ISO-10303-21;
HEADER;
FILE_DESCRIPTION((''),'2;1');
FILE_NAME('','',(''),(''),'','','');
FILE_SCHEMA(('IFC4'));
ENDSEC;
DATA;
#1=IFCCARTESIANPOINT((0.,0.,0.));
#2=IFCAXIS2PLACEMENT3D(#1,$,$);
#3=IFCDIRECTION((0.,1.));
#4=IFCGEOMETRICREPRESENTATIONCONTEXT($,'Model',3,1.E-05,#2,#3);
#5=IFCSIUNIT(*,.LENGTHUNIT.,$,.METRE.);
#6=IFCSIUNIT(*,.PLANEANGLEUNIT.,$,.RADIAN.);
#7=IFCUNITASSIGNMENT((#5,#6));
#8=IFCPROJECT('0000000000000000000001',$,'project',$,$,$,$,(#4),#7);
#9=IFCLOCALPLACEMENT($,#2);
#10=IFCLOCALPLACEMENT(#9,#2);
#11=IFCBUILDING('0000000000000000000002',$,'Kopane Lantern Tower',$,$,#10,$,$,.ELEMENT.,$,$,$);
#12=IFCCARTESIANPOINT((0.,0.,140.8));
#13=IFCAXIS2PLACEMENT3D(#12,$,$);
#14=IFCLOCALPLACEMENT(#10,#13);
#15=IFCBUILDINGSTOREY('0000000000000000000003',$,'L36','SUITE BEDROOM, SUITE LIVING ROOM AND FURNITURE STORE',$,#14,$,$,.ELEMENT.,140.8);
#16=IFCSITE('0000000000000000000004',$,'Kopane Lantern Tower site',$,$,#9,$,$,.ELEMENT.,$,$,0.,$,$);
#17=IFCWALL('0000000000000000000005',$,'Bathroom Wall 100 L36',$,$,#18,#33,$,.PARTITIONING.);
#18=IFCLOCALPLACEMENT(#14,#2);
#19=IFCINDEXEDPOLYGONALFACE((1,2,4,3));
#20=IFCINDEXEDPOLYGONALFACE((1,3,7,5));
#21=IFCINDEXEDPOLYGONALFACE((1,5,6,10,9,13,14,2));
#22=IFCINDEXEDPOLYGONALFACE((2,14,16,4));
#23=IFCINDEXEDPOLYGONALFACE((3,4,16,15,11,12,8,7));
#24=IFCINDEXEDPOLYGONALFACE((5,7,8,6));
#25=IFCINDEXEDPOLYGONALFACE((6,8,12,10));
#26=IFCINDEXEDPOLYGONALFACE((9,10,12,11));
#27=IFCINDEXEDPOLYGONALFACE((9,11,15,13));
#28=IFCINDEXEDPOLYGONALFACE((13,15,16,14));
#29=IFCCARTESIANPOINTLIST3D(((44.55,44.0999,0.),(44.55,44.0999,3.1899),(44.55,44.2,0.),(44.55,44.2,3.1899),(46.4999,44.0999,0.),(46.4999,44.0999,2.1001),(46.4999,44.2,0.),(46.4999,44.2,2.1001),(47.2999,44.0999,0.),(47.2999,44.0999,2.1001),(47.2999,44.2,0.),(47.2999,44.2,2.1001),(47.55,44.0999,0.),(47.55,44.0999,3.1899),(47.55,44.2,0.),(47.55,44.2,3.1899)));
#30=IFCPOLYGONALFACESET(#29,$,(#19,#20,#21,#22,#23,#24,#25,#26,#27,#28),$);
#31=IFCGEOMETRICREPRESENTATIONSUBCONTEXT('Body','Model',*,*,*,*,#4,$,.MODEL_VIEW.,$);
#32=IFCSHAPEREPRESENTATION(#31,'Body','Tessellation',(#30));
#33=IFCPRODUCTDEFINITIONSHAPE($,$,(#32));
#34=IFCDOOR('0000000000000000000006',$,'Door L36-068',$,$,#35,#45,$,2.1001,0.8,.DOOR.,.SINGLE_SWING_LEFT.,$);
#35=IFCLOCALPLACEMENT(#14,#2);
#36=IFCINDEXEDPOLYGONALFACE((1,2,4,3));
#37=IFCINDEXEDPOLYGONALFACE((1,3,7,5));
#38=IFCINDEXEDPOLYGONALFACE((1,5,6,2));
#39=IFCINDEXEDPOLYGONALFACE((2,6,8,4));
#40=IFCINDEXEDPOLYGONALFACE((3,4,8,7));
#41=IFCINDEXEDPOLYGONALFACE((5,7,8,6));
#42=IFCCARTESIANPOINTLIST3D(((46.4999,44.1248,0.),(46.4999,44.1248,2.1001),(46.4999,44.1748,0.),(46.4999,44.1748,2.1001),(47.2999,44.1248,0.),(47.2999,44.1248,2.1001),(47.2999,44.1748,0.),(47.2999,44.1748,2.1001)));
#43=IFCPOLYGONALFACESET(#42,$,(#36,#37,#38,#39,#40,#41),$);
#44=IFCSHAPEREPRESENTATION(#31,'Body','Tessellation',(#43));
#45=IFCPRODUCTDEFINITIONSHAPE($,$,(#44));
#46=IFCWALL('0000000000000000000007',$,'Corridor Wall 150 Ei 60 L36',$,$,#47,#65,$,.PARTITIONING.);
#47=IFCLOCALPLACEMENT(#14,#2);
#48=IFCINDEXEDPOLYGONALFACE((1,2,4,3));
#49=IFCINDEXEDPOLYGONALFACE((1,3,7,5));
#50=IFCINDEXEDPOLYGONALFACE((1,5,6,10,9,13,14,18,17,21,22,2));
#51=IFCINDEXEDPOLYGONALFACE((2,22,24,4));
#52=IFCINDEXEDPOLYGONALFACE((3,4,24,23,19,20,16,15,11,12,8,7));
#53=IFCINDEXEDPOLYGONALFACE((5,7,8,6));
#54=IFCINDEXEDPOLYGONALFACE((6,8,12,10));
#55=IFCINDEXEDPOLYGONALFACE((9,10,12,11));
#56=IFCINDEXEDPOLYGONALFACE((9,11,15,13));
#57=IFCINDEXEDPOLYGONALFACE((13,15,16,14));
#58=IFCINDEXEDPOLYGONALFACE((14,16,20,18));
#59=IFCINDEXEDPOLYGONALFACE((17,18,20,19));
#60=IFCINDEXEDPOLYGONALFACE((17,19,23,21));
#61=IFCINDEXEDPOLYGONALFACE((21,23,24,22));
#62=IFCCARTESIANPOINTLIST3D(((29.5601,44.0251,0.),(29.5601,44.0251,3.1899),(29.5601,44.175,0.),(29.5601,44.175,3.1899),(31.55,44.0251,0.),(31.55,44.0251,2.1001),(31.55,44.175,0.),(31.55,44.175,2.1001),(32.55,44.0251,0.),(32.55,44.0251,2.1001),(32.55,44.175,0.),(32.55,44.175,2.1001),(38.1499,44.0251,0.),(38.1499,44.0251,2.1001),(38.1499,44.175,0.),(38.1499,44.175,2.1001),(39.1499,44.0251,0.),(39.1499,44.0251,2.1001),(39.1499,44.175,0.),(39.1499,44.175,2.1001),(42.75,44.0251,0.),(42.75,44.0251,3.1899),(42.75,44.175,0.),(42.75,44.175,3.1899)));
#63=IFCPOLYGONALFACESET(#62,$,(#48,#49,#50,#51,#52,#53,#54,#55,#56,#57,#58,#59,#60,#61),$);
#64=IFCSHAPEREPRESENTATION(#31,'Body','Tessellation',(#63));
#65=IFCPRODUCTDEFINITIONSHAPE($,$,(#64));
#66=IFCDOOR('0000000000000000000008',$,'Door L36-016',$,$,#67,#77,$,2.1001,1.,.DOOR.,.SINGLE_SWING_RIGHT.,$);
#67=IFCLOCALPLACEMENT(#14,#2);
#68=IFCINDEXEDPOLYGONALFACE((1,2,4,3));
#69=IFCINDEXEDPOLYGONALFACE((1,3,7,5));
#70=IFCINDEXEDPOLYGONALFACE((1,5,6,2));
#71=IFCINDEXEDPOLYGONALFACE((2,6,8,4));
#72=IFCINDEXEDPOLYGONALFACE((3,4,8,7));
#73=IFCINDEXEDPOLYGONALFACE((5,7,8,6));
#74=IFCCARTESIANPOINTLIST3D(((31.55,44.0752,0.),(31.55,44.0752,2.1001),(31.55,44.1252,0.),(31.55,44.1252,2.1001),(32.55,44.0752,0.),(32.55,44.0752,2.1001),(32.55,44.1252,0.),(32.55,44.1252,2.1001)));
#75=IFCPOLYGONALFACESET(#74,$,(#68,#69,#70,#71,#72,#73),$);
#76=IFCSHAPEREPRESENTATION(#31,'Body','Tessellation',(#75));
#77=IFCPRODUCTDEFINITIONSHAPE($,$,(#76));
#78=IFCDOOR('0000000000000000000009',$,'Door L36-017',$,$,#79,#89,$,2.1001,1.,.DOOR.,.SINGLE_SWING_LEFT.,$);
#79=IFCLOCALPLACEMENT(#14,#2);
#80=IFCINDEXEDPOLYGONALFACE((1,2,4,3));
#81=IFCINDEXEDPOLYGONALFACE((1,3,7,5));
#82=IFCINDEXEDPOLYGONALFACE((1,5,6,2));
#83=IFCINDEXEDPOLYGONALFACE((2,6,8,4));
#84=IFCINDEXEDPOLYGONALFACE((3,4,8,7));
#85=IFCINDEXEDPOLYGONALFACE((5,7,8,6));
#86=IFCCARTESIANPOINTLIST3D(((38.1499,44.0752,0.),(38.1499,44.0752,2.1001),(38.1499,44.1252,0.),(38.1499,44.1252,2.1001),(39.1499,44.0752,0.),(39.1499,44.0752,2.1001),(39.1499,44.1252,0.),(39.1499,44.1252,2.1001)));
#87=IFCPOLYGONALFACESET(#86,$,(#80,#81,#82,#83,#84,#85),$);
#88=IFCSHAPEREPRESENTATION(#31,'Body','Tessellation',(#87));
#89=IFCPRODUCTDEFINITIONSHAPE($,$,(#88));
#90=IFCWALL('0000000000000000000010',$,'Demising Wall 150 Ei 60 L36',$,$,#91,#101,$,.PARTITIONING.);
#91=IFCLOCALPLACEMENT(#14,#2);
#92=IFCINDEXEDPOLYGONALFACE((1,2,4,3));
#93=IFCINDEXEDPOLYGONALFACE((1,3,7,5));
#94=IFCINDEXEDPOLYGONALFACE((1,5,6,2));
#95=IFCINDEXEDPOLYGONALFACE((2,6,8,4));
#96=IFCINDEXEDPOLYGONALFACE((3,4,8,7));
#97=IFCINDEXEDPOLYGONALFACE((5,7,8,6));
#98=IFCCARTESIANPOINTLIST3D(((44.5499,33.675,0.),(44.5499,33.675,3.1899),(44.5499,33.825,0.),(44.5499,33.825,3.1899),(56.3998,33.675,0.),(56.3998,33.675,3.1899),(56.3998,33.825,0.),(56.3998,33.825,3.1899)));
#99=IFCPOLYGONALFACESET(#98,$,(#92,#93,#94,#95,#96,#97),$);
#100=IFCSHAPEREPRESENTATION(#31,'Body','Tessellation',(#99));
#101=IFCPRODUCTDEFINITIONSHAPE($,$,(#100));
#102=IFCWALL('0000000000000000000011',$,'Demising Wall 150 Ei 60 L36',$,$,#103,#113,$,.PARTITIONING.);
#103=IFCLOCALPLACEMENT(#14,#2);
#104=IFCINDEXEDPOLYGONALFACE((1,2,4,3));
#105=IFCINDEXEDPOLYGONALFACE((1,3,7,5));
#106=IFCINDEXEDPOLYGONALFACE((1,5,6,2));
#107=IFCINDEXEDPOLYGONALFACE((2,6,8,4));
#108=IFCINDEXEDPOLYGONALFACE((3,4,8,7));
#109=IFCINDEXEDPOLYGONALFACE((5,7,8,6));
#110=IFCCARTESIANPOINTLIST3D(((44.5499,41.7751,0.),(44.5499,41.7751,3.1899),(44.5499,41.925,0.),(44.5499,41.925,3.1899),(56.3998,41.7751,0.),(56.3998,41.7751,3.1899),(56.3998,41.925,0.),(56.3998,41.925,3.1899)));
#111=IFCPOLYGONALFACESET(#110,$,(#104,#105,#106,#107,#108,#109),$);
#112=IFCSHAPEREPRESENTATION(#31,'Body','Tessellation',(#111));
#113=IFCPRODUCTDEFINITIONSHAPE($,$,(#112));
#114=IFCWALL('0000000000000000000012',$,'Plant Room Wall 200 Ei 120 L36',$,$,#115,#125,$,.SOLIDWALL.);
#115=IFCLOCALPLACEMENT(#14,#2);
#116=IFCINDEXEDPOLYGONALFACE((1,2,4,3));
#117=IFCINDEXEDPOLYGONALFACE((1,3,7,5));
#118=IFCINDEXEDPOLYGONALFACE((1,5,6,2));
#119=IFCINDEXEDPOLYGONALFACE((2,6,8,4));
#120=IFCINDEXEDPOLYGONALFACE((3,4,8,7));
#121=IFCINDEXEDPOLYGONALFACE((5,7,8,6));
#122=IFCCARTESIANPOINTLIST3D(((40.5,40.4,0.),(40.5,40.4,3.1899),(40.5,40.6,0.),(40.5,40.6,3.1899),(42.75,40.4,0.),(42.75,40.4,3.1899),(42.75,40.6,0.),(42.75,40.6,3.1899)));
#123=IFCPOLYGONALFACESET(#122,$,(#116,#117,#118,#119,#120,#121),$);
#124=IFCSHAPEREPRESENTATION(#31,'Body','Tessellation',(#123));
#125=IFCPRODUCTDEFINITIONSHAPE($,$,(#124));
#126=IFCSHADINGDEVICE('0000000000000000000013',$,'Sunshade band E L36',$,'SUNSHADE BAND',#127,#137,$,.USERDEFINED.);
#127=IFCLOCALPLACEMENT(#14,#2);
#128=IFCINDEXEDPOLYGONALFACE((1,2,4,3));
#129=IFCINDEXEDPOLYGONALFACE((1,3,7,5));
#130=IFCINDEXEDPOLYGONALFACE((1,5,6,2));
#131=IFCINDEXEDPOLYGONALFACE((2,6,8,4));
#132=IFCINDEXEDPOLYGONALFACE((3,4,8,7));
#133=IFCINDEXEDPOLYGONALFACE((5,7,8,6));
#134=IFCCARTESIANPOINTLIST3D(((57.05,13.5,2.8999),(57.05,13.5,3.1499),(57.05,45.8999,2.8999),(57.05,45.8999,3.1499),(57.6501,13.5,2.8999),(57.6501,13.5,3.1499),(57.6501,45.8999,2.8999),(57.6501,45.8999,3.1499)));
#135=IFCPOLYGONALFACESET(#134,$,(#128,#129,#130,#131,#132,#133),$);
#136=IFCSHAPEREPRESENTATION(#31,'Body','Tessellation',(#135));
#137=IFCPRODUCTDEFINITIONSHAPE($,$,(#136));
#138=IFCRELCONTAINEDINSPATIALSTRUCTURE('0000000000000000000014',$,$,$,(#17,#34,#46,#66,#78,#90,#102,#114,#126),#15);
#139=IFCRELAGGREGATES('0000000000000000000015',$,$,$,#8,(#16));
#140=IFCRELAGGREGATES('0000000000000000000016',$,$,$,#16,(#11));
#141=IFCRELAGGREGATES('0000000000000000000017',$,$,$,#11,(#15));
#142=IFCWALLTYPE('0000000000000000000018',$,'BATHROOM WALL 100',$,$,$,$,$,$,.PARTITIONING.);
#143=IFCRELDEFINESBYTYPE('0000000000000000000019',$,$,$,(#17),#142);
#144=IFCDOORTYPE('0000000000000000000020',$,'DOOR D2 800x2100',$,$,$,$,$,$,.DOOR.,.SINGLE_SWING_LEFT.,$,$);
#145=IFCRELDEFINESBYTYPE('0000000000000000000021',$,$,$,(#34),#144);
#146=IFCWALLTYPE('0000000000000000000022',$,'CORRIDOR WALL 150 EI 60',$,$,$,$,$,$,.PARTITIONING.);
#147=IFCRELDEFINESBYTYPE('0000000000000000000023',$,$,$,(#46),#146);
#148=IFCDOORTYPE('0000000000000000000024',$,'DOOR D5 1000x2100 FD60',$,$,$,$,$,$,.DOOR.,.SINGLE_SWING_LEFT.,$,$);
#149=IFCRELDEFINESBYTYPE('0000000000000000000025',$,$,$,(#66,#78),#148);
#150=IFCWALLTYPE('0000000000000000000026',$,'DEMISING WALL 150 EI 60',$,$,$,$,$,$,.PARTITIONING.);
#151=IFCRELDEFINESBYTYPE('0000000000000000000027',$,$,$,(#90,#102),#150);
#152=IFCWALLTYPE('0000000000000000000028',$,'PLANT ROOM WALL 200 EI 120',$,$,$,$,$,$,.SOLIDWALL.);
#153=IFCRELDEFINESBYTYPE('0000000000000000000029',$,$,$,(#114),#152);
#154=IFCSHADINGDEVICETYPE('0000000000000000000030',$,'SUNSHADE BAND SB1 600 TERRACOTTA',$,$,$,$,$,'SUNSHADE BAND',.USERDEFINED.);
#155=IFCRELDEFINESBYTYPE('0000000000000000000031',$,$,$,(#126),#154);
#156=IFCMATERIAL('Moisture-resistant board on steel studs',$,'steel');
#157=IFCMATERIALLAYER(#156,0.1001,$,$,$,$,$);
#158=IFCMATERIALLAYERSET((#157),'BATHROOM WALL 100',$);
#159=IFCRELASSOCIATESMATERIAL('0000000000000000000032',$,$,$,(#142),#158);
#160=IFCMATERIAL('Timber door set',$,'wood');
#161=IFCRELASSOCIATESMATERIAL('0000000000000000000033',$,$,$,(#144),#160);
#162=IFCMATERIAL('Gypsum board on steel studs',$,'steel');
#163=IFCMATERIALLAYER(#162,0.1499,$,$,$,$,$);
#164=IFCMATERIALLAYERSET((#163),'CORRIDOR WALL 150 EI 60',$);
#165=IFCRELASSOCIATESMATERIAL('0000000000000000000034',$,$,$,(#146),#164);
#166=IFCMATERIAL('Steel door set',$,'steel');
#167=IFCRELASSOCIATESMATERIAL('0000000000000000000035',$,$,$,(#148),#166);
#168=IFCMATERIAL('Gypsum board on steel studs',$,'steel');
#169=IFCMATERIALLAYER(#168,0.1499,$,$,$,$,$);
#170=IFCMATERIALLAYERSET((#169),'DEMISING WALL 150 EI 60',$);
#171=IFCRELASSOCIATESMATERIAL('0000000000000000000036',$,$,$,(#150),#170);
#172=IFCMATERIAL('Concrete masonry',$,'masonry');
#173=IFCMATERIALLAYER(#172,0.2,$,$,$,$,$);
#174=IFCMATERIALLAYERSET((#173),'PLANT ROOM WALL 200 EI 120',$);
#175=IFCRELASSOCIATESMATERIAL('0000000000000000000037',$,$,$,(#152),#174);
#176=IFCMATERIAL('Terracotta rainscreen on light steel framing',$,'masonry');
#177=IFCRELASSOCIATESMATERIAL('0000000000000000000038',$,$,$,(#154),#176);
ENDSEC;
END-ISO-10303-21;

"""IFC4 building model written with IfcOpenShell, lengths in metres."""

from ifc_helpers import new_model, si_unit, direction, frame, frame_2d, origin, origin_2d, place, context, subcontext, project, spatial, rectangle, extrude, material, layer, layer_set, type_object, element, fill, save


model = new_model("IFC4")

# Units and contexts
model_context = context("Model", 3, precision=1e-05, world=origin(), true_north=direction((0.0, 1.0)))
body_context = subcontext(model_context, "Body", "Model", "MODEL_VIEW")
ifc_project = project(units=[si_unit("LENGTHUNIT", "METRE"), si_unit("PLANEANGLEUNIT", "RADIAN")], contexts=[model_context])

# Site, building, storey
site_placement = place(None, origin())
site = spatial("IfcSite", under=ifc_project, at=site_placement, Name="Kopane Lantern Tower site", CompositionType="ELEMENT", RefElevation=0.0)
building_placement = place(site_placement, origin())
building = spatial("IfcBuilding", under=site, at=building_placement, Name="Kopane Lantern Tower", CompositionType="ELEMENT")
storey_placement = place(building_placement, frame((0.0, 0.0, 140.8)))
storey = spatial("IfcBuildingStorey", under=building, at=storey_placement, Name="L36", Description="SUITE BEDROOM, SUITE LIVING ROOM AND FURNITURE STORE", CompositionType="ELEMENT", Elevation=140.8)

# Shared definitions
ifc_material_1 = material(Name="Moisture-resistant board on steel studs", Category="steel")
ifc_layer_1 = layer(ifc_material_1, 0.1001)
ifc_layer_set_1 = layer_set([ifc_layer_1], Name="BATHROOM WALL 100")
wall_type_1 = type_object("IfcWallType", Name="BATHROOM WALL 100", PredefinedType="PARTITIONING", material=ifc_layer_set_1)

# Shared definitions
ifc_material_2 = material(Name="Timber door set", Category="wood")
door_type_1 = type_object("IfcDoorType", Name="DOOR D2 800x2100", OperationType="SINGLE_SWING_LEFT", PredefinedType="DOOR", material=ifc_material_2)

# Wall, opening, door
wall_1_placement = place(storey_placement, frame((44.55, 44.1499, 0.0), z_axis=(0.0, 0.0, 1.0), x_axis=(1.0, 0.0, 0.0)))
wall_1 = element("IfcWall", 1, at=wall_1_placement, inside=storey, type_object=wall_type_1, Name="Bathroom Wall 100 L36", PredefinedType="PARTITIONING", context=body_context, shape_type="SweptSolid", body=[
    extrude(rectangle(XDim=3.0, YDim=0.1001, at=frame_2d((1.5, 0.0))), origin(), (0.0, 0.0, 1.0), 3.1899),
])
opening_1_placement = place(wall_1_placement, frame((1.95, 0.0, 0.0)))
opening_1 = element("IfcOpeningElement", 2, at=opening_1_placement, cuts=wall_1, PredefinedType="OPENING", context=body_context, shape_type="SweptSolid", body=[
    extrude(rectangle(XDim=0.8, YDim=2.1001, at=frame_2d((0.3999, 1.05))), frame((0.0, 0.0601, 0.0), z_axis=(0.0, -1.0, 0.0), x_axis=(1.0, 0.0, 0.0)), (0.0, 0.0, 1.0), 0.1201),
])
door_1_placement = place(opening_1_placement, origin())
door_1 = element("IfcDoor", 3, at=door_1_placement, inside=storey, type_object=door_type_1, Name="Door L36-068", OperationType="SINGLE_SWING_LEFT", OverallHeight=2.1001, OverallWidth=0.8, PredefinedType="DOOR", context=body_context, shape_type="SweptSolid", body=[
    extrude(rectangle(XDim=0.8, YDim=2.1001, at=frame_2d((0.3999, 1.05))), frame((0.0, 0.0249, 0.0), z_axis=(0.0, -1.0, 0.0), x_axis=(1.0, 0.0, 0.0)), (0.0, 0.0, 1.0), 0.05),
])
fill(opening_1, door_1)

# Wall, openings, doors
ifc_material_3 = material(Name="Gypsum board on steel studs", Category="steel")
ifc_layer_2 = layer(ifc_material_3, 0.1499)
ifc_layer_set_2 = layer_set([ifc_layer_2], Name="CORRIDOR WALL 150 EI 60")
wall_type_2 = type_object("IfcWallType", Name="CORRIDOR WALL 150 EI 60", PredefinedType="PARTITIONING", material=ifc_layer_set_2)
wall_2_placement = place(storey_placement, frame((42.75, 44.1001, 0.0), z_axis=(0.0, 0.0, 1.0), x_axis=(-1.0, 0.0, 0.0)))
wall_2 = element("IfcWall", 4, at=wall_2_placement, inside=storey, type_object=wall_type_2, Name="Corridor Wall 150 Ei 60 L36", PredefinedType="PARTITIONING", context=body_context, shape_type="SweptSolid", body=[
    extrude(rectangle(XDim=13.1899, YDim=0.1499, at=frame_2d((6.595, 0.0))), origin(), (0.0, 0.0, 1.0), 3.1899),
])
opening_2_placement = place(wall_2_placement, frame((10.2, 0.0, 0.0)))
opening_2 = element("IfcOpeningElement", 5, at=opening_2_placement, cuts=wall_2, PredefinedType="OPENING", context=body_context, shape_type="SweptSolid", body=[
    extrude(rectangle(XDim=1.0, YDim=2.1001, at=frame_2d((0.5, 1.05))), frame((0.0, 0.085, 0.0), z_axis=(0.0, -1.0, 0.0), x_axis=(1.0, 0.0, 0.0)), (0.0, 0.0, 1.0), 0.1699),
])
opening_3_placement = place(wall_2_placement, frame((3.6001, 0.0, 0.0)))
opening_3 = element("IfcOpeningElement", 6, at=opening_3_placement, cuts=wall_2, PredefinedType="OPENING", context=body_context, shape_type="SweptSolid", body=[
    extrude(rectangle(XDim=1.0, YDim=2.1001, at=frame_2d((0.5, 1.05))), frame((0.0, 0.085, 0.0), z_axis=(0.0, -1.0, 0.0), x_axis=(1.0, 0.0, 0.0)), (0.0, 0.0, 1.0), 0.1699),
])
ifc_material_4 = material(Name="Steel door set", Category="steel")
door_type_2 = type_object("IfcDoorType", Name="DOOR D5 1000x2100 FD60", OperationType="SINGLE_SWING_LEFT", PredefinedType="DOOR", material=ifc_material_4)
door_2_placement = place(opening_2_placement, origin())
door_2 = element("IfcDoor", 7, at=door_2_placement, inside=storey, type_object=door_type_2, Name="Door L36-016", OperationType="SINGLE_SWING_RIGHT", OverallHeight=2.1001, OverallWidth=1.0, PredefinedType="DOOR", context=body_context, shape_type="SweptSolid", body=[
    extrude(rectangle(XDim=1.0, YDim=2.1001, at=frame_2d((0.5, 1.05))), frame((0.0, 0.0249, 0.0), z_axis=(0.0, -1.0, 0.0), x_axis=(1.0, 0.0, 0.0)), (0.0, 0.0, 1.0), 0.05),
])
fill(opening_2, door_2)
door_3_placement = place(opening_3_placement, origin())
door_3 = element("IfcDoor", 8, at=door_3_placement, inside=storey, type_object=door_type_2, Name="Door L36-017", OperationType="SINGLE_SWING_LEFT", OverallHeight=2.1001, OverallWidth=1.0, PredefinedType="DOOR", context=body_context, shape_type="SweptSolid", body=[
    extrude(rectangle(XDim=1.0, YDim=2.1001, at=frame_2d((0.5, 1.05))), frame((0.0, 0.0249, 0.0), z_axis=(0.0, -1.0, 0.0), x_axis=(1.0, 0.0, 0.0)), (0.0, 0.0, 1.0), 0.05),
])
fill(opening_3, door_3)

# Walls
ifc_material_5 = material(Name="Gypsum board on steel studs", Category="steel")
ifc_layer_3 = layer(ifc_material_5, 0.1499)
ifc_layer_set_3 = layer_set([ifc_layer_3], Name="DEMISING WALL 150 EI 60")
wall_type_3 = type_object("IfcWallType", Name="DEMISING WALL 150 EI 60", PredefinedType="PARTITIONING", material=ifc_layer_set_3)
for number, where, z_axis, x_axis, name in (
    (9, (44.55, 33.75, 0.0), (0.0, 0.0, 1.0), (1.0, 0.0, 0.0), "Demising Wall 150 Ei 60 L36"),
    (10, (44.55, 41.8501, 0.0), (0.0, 0.0, 1.0), (1.0, 0.0, 0.0), "Demising Wall 150 Ei 60 L36"),
):
    element("IfcWall", number, at=place(storey_placement, frame(where, z_axis=z_axis, x_axis=x_axis)), inside=storey, type_object=wall_type_3, Name=name, PredefinedType="PARTITIONING", context=body_context, shape_type="SweptSolid", body=[
        extrude(rectangle(XDim=11.8499, YDim=0.1499, at=frame_2d((5.9248, 0.0))), origin(), (0.0, 0.0, 1.0), 3.1899),
    ])
ifc_material_6 = material(Name="Concrete masonry", Category="masonry")
ifc_layer_4 = layer(ifc_material_6, 0.2)
ifc_layer_set_4 = layer_set([ifc_layer_4], Name="PLANT ROOM WALL 200 EI 120")
wall_type_4 = type_object("IfcWallType", Name="PLANT ROOM WALL 200 EI 120", PredefinedType="SOLIDWALL", material=ifc_layer_set_4)
wall_3_placement = place(storey_placement, frame((40.5, 40.5, 0.0), z_axis=(0.0, 0.0, 1.0), x_axis=(1.0, 0.0, 0.0)))
element("IfcWall", 11, at=wall_3_placement, inside=storey, type_object=wall_type_4, Name="Plant Room Wall 200 Ei 120 L36", PredefinedType="SOLIDWALL", context=body_context, shape_type="SweptSolid", body=[
    extrude(rectangle(XDim=2.25, YDim=0.2, at=frame_2d((1.125, 0.0))), origin(), (0.0, 0.0, 1.0), 3.1899),
])

# Shading device
ifc_material_7 = material(Name="Terracotta rainscreen on light steel framing", Category="masonry")
shading_device_type = type_object("IfcShadingDeviceType", Name="SUNSHADE BAND SB1 600 TERRACOTTA", ElementType="SUNSHADE BAND", PredefinedType="USERDEFINED", material=ifc_material_7)
shading_device_placement = place(storey_placement, frame((57.3501, 29.7, 2.8999), z_axis=(0.0, 0.0, 1.0), x_axis=(0.0, 1.0, 0.0)))
element("IfcShadingDevice", 12, at=shading_device_placement, inside=storey, type_object=shading_device_type, Name="Sunshade band E L36", ObjectType="SUNSHADE BAND", PredefinedType="USERDEFINED", context=body_context, shape_type="SweptSolid", body=[
    extrude(rectangle(XDim=32.3999, YDim=0.6001, at=origin_2d()), origin(), (0.0, 0.0, 1.0), 0.25),
])

save(model, "model.ifc")
